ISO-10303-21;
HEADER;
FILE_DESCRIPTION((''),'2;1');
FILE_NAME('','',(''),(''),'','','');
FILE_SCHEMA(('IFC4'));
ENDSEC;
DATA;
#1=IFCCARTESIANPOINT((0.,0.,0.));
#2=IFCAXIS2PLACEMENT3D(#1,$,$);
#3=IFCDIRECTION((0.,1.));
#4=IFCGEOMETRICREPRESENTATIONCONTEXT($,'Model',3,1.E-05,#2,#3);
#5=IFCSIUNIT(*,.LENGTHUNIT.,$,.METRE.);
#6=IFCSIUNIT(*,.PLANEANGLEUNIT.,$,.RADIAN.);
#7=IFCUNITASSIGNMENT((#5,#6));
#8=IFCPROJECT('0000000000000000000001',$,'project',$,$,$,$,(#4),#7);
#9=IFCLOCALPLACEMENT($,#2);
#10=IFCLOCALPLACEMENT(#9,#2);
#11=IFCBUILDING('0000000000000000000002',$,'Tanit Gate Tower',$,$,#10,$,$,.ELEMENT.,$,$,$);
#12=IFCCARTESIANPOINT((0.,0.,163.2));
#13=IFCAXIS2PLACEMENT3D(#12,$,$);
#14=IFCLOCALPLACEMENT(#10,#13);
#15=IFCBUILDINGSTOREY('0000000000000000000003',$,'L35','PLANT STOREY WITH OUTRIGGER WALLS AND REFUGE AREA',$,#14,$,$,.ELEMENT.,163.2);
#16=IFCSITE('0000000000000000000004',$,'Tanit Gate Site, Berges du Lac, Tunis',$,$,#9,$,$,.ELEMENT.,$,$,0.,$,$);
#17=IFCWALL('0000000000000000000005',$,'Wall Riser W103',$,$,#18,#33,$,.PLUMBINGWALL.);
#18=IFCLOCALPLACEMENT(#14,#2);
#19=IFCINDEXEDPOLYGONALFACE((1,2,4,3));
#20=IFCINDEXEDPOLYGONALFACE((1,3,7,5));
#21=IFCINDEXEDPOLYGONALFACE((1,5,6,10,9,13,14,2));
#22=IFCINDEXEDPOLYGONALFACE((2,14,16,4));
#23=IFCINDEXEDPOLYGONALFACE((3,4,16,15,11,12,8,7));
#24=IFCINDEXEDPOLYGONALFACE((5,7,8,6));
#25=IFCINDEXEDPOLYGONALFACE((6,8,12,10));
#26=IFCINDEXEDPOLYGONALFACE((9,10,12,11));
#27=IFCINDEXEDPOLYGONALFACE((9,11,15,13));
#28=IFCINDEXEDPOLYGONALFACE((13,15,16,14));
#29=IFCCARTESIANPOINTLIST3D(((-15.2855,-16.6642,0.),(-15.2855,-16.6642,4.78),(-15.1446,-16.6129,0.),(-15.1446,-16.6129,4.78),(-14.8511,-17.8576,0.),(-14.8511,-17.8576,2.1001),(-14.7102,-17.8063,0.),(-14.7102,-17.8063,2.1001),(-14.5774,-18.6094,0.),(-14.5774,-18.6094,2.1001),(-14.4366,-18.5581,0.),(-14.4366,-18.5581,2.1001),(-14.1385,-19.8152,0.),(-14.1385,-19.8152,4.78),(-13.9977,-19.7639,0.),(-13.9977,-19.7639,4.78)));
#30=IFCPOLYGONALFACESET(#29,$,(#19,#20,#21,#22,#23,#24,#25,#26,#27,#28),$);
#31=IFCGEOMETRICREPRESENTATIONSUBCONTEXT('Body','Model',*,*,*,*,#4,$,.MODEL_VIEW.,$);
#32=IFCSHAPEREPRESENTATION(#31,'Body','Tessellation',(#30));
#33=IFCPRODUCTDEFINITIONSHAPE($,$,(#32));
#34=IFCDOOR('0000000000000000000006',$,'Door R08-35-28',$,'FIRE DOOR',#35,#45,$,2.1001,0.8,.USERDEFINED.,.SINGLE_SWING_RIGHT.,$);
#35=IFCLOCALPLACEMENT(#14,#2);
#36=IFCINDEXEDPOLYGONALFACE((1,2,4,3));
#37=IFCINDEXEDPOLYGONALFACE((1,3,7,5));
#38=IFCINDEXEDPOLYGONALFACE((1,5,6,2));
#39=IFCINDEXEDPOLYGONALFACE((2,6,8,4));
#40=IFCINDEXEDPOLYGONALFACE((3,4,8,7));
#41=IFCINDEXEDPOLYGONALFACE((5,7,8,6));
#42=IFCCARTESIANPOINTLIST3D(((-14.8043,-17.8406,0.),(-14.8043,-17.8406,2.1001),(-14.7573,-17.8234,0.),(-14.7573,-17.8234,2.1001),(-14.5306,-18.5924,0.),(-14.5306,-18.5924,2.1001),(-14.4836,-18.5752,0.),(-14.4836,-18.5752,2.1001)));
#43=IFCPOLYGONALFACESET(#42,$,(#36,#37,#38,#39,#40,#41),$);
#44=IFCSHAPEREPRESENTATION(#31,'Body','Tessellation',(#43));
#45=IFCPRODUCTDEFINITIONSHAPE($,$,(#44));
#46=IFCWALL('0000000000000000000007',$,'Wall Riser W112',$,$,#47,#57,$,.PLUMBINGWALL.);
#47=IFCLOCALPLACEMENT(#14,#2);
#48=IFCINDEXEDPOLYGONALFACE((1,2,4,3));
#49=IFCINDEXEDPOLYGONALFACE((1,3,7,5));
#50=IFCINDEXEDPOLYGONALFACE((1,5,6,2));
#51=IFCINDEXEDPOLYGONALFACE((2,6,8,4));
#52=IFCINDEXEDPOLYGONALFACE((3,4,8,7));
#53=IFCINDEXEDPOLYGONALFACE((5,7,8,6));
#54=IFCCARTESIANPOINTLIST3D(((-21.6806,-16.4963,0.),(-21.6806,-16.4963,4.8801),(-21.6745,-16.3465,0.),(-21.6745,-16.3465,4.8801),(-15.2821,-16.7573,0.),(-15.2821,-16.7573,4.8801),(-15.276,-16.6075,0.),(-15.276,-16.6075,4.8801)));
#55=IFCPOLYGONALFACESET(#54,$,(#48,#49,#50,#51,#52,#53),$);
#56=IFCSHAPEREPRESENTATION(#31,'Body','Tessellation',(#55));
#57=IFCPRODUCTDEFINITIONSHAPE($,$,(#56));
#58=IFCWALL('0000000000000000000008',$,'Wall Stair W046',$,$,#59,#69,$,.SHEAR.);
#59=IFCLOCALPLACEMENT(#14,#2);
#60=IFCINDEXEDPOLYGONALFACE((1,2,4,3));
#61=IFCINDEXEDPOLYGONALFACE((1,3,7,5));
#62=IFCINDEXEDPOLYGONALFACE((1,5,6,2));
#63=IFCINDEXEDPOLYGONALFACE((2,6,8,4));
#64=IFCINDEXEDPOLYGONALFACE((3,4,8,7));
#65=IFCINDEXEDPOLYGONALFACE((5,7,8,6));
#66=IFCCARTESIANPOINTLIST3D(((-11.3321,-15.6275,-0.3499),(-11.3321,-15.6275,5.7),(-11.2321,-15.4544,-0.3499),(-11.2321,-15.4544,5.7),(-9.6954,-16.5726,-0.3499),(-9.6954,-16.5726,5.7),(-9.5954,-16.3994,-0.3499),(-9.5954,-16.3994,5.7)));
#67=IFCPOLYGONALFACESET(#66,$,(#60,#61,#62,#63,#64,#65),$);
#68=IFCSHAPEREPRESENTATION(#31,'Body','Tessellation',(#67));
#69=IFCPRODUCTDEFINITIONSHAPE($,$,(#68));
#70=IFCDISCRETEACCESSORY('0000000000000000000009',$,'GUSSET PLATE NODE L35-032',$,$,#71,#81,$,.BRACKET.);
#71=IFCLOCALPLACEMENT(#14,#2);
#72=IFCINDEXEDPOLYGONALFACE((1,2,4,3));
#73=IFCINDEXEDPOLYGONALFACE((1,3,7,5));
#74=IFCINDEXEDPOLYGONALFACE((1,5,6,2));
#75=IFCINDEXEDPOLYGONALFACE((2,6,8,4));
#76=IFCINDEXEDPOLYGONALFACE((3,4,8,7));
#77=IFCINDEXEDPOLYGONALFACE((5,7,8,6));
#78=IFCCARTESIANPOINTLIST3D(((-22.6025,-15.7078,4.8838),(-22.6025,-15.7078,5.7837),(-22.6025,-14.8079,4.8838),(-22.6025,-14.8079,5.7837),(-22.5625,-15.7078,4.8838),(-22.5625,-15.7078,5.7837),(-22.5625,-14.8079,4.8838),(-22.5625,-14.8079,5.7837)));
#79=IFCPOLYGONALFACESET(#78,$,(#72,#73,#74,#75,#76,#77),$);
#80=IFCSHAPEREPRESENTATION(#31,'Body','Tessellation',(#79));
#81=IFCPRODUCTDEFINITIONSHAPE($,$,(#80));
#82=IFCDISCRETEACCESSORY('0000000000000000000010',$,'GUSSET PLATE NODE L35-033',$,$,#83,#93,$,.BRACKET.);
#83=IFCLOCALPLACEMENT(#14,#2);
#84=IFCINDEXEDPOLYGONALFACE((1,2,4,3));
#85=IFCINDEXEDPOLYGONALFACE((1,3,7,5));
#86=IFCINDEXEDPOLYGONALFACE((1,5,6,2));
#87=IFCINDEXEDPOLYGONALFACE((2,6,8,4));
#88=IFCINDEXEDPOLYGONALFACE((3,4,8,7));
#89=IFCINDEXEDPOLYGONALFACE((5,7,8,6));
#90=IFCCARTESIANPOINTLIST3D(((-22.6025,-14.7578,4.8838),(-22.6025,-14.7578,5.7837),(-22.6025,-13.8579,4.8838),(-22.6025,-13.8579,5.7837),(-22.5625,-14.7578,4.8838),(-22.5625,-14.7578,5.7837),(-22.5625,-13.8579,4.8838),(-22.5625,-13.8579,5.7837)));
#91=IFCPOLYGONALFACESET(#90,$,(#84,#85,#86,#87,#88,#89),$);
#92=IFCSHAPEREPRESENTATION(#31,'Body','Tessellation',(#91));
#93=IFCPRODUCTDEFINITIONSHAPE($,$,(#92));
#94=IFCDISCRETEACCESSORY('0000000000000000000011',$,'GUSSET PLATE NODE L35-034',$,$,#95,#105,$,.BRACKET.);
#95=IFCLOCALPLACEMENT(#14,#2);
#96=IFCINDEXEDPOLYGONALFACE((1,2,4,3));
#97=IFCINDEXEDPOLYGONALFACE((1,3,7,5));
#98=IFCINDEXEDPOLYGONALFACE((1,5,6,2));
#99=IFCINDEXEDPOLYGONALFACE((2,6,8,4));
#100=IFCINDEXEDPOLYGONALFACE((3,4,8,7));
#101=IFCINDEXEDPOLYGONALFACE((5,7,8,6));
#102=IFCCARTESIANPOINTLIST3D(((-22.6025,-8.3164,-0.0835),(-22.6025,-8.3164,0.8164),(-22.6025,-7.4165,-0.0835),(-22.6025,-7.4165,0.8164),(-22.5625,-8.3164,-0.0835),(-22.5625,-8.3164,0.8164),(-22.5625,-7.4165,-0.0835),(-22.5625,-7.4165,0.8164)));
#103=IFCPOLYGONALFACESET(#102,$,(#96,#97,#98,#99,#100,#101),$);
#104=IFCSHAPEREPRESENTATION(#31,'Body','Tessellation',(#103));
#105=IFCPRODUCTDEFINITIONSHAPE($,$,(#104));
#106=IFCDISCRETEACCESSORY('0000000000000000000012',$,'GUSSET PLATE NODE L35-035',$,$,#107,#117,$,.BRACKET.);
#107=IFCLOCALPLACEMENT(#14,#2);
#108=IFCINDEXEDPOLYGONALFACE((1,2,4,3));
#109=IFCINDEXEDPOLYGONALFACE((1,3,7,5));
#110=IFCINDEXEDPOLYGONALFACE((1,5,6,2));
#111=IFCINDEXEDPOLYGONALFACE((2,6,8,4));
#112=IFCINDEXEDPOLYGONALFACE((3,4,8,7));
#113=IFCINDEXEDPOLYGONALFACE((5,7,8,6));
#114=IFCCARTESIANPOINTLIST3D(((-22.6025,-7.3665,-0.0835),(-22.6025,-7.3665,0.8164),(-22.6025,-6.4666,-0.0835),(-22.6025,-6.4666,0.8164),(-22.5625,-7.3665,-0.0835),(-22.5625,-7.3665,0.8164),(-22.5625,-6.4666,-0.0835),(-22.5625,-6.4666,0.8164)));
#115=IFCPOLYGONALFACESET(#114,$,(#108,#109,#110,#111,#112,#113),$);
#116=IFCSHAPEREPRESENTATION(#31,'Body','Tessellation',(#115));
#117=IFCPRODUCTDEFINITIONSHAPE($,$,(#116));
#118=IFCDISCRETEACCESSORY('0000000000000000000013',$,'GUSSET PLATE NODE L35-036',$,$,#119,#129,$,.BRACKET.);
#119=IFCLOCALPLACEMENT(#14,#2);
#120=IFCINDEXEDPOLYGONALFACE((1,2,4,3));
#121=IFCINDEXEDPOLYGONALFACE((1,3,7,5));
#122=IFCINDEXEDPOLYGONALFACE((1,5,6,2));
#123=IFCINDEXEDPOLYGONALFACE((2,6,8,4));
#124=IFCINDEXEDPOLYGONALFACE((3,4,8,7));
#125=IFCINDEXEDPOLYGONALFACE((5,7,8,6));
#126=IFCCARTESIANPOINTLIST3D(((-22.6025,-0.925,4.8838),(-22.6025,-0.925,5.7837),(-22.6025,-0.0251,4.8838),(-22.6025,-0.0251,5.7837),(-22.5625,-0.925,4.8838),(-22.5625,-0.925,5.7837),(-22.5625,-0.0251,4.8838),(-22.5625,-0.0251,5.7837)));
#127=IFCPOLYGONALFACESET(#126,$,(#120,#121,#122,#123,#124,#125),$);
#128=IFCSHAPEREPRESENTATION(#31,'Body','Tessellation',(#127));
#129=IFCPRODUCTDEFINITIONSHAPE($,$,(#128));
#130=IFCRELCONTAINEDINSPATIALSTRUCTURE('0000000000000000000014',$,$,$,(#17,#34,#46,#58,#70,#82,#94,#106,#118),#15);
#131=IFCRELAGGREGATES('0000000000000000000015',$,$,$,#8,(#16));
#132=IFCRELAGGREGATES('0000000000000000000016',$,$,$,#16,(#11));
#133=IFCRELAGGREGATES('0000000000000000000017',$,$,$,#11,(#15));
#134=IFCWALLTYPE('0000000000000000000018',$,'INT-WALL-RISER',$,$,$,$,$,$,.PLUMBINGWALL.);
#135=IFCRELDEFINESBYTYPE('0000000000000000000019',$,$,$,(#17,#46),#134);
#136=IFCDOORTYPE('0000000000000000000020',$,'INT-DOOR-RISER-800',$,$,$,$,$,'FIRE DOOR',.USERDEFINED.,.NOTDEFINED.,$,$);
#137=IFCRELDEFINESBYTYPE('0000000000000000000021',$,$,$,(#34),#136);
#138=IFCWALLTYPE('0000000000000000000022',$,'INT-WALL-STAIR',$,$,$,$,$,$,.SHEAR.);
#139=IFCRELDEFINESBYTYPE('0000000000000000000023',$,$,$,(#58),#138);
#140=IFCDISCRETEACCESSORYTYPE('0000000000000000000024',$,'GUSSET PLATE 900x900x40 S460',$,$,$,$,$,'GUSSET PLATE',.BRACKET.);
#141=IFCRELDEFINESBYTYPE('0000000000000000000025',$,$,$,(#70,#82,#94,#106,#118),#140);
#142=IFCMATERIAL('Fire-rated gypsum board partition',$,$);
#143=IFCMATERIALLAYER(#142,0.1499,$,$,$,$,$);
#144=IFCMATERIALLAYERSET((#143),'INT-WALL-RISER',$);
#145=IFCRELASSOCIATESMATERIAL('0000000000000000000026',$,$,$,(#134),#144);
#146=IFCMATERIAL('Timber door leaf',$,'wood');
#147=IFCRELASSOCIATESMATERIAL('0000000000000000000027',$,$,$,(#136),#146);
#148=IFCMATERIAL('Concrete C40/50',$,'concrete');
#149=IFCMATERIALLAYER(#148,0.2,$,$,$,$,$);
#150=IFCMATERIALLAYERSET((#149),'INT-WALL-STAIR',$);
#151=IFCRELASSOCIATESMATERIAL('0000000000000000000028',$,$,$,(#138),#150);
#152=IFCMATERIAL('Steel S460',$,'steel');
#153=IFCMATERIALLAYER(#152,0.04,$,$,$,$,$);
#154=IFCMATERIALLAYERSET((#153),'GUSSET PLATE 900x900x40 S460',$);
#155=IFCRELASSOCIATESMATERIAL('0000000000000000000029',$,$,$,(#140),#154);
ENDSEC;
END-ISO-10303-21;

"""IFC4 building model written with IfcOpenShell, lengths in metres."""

from ifc_helpers import new_model, si_unit, direction, frame, frame_2d, origin, origin_2d, place, context, subcontext, project, spatial, rectangle, extrude, material, layer, layer_set, type_object, element, fill, save


model = new_model("IFC4")

# Units and contexts
model_context = context("Model", 3, precision=1e-05, world=origin(), true_north=direction((0.0, 1.0)))
body_context = subcontext(model_context, "Body", "Model", "MODEL_VIEW")
ifc_project = project(units=[si_unit("LENGTHUNIT", "METRE"), si_unit("PLANEANGLEUNIT", "RADIAN")], contexts=[model_context])

# Site, building, storey
site_placement = place(None, origin())
site = spatial("IfcSite", under=ifc_project, at=site_placement, Name="Tanit Gate Site, Berges du Lac, Tunis", CompositionType="ELEMENT", RefElevation=0.0)
building_placement = place(site_placement, origin())
building = spatial("IfcBuilding", under=site, at=building_placement, Name="Tanit Gate Tower", CompositionType="ELEMENT")
storey_placement = place(building_placement, frame((0.0, 0.0, 163.2)))
storey = spatial("IfcBuildingStorey", under=building, at=storey_placement, Name="L35", Description="PLANT STOREY WITH OUTRIGGER WALLS AND REFUGE AREA", CompositionType="ELEMENT", Elevation=163.2)

# Wall, opening, door
ifc_material_1 = material(Name="Fire-rated gypsum board partition")
ifc_layer_1 = layer(ifc_material_1, 0.1499)
ifc_layer_set_1 = layer_set([ifc_layer_1], Name="INT-WALL-RISER")
wall_type_1 = type_object("IfcWallType", Name="INT-WALL-RISER", PredefinedType="PLUMBINGWALL", material=ifc_layer_set_1)
wall_1_placement = place(storey_placement, frame((-15.2151, -16.6384, 0.0), z_axis=(0.0, 0.0, 1.0), x_axis=(0.342035, -0.939687, 0.0)))
wall_1 = element("IfcWall", 1, at=wall_1_placement, inside=storey, type_object=wall_type_1, Name="Wall Riser W103", PredefinedType="PLUMBINGWALL", context=body_context, shape_type="SweptSolid", body=[
    extrude(rectangle(XDim=3.3533, YDim=0.1499, at=frame_2d((1.6768, 0.0))), origin(), (0.0, 0.0, 1.0), 4.78),
])
opening_placement = place(wall_1_placement, frame((1.2703, 0.0, 0.0)))
opening = element("IfcOpeningElement", 2, at=opening_placement, cuts=wall_1, PredefinedType="OPENING", context=body_context, shape_type="SweptSolid", body=[
    extrude(rectangle(XDim=0.8, YDim=2.1001, at=frame_2d((0.3999, 1.05))), frame((0.0, 0.085, 0.0), z_axis=(0.0, -1.0, 0.0), x_axis=(1.0, 0.0, 0.0)), (0.0, 0.0, 1.0), 0.1699),
])
ifc_material_2 = material(Name="Timber door leaf", Category="wood")
door_type = type_object("IfcDoorType", Name="INT-DOOR-RISER-800", ElementType="FIRE DOOR", OperationType="NOTDEFINED", PredefinedType="USERDEFINED", material=ifc_material_2)
door_placement = place(opening_placement, origin())
door = element("IfcDoor", 3, at=door_placement, inside=storey, type_object=door_type, Name="Door R08-35-28", ObjectType="FIRE DOOR", OperationType="SINGLE_SWING_RIGHT", OverallHeight=2.1001, OverallWidth=0.8, PredefinedType="USERDEFINED", context=body_context, shape_type="SweptSolid", body=[
    extrude(rectangle(XDim=0.8, YDim=2.1001, at=frame_2d((0.3999, 1.05))), frame((0.0, 0.0249, 0.0), z_axis=(0.0, -1.0, 0.0), x_axis=(1.0, 0.0, 0.0)), (0.0, 0.0, 1.0), 0.05),
])
fill(opening, door)

# Walls
wall_2_placement = place(storey_placement, frame((-15.2791, -16.6824, 0.0), z_axis=(0.0, 0.0, 1.0), x_axis=(-0.999169, 0.040755, 0.0)))
element("IfcWall", 4, at=wall_2_placement, inside=storey, type_object=wall_type_1, Name="Wall Riser W112", PredefinedType="PLUMBINGWALL", context=body_context, shape_type="SweptSolid", body=[
    extrude(rectangle(XDim=6.4038, YDim=0.1499, at=frame_2d((3.2019, 0.0))), origin(), (0.0, 0.0, 1.0), 4.8801),
])
ifc_material_3 = material(Name="Concrete C40/50", Category="concrete")
ifc_layer_2 = layer(ifc_material_3, 0.2)
ifc_layer_set_2 = layer_set([ifc_layer_2], Name="INT-WALL-STAIR")
wall_type_2 = type_object("IfcWallType", Name="INT-WALL-STAIR", PredefinedType="SHEAR", material=ifc_layer_set_2)
wall_3_placement = place(storey_placement, frame((-11.282, -15.541, -0.3499), z_axis=(0.0, 0.0, 1.0), x_axis=(0.866001, -0.500043, 0.0)))
element("IfcWall", 5, at=wall_3_placement, inside=storey, type_object=wall_type_2, Name="Wall Stair W046", PredefinedType="SHEAR", context=body_context, shape_type="SweptSolid", body=[
    extrude(rectangle(XDim=1.8899, YDim=0.2, at=frame_2d((0.9448, 0.0))), origin(), (0.0, 0.0, 1.0), 6.0498),
])

# Discrete accessories
ifc_material_4 = material(Name="Steel S460", Category="steel")
ifc_layer_3 = layer(ifc_material_4, 0.04)
ifc_layer_set_3 = layer_set([ifc_layer_3], Name="GUSSET PLATE 900x900x40 S460")
discrete_accessory_type = type_object("IfcDiscreteAccessoryType", Name="GUSSET PLATE 900x900x40 S460", ElementType="GUSSET PLATE", PredefinedType="BRACKET", material=ifc_layer_set_3)
for number, where, z_axis, x_axis, name in (
    (6, (-22.5825, -15.2578, 4.8838), (0.0, 0.0, 1.0), (0.0, -1.0, 0.0), "GUSSET PLATE NODE L35-032"),
    (7, (-22.5825, -14.3079, 4.8838), (0.0, 0.0, 1.0), (0.0, 1.0, 0.0), "GUSSET PLATE NODE L35-033"),
    (8, (-22.5825, -7.8665, -0.0835), (0.0, 0.0, 1.0), (0.0, -1.0, 0.0), "GUSSET PLATE NODE L35-034"),
    (9, (-22.5825, -6.9165, -0.0835), (0.0, 0.0, 1.0), (0.0, 1.0, 0.0), "GUSSET PLATE NODE L35-035"),
    (10, (-22.5825, -0.4751, 4.8838), (0.0, 0.0, 1.0), (0.0, -1.0, 0.0), "GUSSET PLATE NODE L35-036"),
):
    element("IfcDiscreteAccessory", number, at=place(storey_placement, frame(where, z_axis=z_axis, x_axis=x_axis)), inside=storey, type_object=discrete_accessory_type, Name=name, PredefinedType="BRACKET", context=body_context, shape_type="SweptSolid", body=[
        extrude(rectangle(XDim=0.8999, YDim=0.04, at=origin_2d()), origin(), (0.0, 0.0, 1.0), 0.8999),
    ])

save(model, "model.ifc")
